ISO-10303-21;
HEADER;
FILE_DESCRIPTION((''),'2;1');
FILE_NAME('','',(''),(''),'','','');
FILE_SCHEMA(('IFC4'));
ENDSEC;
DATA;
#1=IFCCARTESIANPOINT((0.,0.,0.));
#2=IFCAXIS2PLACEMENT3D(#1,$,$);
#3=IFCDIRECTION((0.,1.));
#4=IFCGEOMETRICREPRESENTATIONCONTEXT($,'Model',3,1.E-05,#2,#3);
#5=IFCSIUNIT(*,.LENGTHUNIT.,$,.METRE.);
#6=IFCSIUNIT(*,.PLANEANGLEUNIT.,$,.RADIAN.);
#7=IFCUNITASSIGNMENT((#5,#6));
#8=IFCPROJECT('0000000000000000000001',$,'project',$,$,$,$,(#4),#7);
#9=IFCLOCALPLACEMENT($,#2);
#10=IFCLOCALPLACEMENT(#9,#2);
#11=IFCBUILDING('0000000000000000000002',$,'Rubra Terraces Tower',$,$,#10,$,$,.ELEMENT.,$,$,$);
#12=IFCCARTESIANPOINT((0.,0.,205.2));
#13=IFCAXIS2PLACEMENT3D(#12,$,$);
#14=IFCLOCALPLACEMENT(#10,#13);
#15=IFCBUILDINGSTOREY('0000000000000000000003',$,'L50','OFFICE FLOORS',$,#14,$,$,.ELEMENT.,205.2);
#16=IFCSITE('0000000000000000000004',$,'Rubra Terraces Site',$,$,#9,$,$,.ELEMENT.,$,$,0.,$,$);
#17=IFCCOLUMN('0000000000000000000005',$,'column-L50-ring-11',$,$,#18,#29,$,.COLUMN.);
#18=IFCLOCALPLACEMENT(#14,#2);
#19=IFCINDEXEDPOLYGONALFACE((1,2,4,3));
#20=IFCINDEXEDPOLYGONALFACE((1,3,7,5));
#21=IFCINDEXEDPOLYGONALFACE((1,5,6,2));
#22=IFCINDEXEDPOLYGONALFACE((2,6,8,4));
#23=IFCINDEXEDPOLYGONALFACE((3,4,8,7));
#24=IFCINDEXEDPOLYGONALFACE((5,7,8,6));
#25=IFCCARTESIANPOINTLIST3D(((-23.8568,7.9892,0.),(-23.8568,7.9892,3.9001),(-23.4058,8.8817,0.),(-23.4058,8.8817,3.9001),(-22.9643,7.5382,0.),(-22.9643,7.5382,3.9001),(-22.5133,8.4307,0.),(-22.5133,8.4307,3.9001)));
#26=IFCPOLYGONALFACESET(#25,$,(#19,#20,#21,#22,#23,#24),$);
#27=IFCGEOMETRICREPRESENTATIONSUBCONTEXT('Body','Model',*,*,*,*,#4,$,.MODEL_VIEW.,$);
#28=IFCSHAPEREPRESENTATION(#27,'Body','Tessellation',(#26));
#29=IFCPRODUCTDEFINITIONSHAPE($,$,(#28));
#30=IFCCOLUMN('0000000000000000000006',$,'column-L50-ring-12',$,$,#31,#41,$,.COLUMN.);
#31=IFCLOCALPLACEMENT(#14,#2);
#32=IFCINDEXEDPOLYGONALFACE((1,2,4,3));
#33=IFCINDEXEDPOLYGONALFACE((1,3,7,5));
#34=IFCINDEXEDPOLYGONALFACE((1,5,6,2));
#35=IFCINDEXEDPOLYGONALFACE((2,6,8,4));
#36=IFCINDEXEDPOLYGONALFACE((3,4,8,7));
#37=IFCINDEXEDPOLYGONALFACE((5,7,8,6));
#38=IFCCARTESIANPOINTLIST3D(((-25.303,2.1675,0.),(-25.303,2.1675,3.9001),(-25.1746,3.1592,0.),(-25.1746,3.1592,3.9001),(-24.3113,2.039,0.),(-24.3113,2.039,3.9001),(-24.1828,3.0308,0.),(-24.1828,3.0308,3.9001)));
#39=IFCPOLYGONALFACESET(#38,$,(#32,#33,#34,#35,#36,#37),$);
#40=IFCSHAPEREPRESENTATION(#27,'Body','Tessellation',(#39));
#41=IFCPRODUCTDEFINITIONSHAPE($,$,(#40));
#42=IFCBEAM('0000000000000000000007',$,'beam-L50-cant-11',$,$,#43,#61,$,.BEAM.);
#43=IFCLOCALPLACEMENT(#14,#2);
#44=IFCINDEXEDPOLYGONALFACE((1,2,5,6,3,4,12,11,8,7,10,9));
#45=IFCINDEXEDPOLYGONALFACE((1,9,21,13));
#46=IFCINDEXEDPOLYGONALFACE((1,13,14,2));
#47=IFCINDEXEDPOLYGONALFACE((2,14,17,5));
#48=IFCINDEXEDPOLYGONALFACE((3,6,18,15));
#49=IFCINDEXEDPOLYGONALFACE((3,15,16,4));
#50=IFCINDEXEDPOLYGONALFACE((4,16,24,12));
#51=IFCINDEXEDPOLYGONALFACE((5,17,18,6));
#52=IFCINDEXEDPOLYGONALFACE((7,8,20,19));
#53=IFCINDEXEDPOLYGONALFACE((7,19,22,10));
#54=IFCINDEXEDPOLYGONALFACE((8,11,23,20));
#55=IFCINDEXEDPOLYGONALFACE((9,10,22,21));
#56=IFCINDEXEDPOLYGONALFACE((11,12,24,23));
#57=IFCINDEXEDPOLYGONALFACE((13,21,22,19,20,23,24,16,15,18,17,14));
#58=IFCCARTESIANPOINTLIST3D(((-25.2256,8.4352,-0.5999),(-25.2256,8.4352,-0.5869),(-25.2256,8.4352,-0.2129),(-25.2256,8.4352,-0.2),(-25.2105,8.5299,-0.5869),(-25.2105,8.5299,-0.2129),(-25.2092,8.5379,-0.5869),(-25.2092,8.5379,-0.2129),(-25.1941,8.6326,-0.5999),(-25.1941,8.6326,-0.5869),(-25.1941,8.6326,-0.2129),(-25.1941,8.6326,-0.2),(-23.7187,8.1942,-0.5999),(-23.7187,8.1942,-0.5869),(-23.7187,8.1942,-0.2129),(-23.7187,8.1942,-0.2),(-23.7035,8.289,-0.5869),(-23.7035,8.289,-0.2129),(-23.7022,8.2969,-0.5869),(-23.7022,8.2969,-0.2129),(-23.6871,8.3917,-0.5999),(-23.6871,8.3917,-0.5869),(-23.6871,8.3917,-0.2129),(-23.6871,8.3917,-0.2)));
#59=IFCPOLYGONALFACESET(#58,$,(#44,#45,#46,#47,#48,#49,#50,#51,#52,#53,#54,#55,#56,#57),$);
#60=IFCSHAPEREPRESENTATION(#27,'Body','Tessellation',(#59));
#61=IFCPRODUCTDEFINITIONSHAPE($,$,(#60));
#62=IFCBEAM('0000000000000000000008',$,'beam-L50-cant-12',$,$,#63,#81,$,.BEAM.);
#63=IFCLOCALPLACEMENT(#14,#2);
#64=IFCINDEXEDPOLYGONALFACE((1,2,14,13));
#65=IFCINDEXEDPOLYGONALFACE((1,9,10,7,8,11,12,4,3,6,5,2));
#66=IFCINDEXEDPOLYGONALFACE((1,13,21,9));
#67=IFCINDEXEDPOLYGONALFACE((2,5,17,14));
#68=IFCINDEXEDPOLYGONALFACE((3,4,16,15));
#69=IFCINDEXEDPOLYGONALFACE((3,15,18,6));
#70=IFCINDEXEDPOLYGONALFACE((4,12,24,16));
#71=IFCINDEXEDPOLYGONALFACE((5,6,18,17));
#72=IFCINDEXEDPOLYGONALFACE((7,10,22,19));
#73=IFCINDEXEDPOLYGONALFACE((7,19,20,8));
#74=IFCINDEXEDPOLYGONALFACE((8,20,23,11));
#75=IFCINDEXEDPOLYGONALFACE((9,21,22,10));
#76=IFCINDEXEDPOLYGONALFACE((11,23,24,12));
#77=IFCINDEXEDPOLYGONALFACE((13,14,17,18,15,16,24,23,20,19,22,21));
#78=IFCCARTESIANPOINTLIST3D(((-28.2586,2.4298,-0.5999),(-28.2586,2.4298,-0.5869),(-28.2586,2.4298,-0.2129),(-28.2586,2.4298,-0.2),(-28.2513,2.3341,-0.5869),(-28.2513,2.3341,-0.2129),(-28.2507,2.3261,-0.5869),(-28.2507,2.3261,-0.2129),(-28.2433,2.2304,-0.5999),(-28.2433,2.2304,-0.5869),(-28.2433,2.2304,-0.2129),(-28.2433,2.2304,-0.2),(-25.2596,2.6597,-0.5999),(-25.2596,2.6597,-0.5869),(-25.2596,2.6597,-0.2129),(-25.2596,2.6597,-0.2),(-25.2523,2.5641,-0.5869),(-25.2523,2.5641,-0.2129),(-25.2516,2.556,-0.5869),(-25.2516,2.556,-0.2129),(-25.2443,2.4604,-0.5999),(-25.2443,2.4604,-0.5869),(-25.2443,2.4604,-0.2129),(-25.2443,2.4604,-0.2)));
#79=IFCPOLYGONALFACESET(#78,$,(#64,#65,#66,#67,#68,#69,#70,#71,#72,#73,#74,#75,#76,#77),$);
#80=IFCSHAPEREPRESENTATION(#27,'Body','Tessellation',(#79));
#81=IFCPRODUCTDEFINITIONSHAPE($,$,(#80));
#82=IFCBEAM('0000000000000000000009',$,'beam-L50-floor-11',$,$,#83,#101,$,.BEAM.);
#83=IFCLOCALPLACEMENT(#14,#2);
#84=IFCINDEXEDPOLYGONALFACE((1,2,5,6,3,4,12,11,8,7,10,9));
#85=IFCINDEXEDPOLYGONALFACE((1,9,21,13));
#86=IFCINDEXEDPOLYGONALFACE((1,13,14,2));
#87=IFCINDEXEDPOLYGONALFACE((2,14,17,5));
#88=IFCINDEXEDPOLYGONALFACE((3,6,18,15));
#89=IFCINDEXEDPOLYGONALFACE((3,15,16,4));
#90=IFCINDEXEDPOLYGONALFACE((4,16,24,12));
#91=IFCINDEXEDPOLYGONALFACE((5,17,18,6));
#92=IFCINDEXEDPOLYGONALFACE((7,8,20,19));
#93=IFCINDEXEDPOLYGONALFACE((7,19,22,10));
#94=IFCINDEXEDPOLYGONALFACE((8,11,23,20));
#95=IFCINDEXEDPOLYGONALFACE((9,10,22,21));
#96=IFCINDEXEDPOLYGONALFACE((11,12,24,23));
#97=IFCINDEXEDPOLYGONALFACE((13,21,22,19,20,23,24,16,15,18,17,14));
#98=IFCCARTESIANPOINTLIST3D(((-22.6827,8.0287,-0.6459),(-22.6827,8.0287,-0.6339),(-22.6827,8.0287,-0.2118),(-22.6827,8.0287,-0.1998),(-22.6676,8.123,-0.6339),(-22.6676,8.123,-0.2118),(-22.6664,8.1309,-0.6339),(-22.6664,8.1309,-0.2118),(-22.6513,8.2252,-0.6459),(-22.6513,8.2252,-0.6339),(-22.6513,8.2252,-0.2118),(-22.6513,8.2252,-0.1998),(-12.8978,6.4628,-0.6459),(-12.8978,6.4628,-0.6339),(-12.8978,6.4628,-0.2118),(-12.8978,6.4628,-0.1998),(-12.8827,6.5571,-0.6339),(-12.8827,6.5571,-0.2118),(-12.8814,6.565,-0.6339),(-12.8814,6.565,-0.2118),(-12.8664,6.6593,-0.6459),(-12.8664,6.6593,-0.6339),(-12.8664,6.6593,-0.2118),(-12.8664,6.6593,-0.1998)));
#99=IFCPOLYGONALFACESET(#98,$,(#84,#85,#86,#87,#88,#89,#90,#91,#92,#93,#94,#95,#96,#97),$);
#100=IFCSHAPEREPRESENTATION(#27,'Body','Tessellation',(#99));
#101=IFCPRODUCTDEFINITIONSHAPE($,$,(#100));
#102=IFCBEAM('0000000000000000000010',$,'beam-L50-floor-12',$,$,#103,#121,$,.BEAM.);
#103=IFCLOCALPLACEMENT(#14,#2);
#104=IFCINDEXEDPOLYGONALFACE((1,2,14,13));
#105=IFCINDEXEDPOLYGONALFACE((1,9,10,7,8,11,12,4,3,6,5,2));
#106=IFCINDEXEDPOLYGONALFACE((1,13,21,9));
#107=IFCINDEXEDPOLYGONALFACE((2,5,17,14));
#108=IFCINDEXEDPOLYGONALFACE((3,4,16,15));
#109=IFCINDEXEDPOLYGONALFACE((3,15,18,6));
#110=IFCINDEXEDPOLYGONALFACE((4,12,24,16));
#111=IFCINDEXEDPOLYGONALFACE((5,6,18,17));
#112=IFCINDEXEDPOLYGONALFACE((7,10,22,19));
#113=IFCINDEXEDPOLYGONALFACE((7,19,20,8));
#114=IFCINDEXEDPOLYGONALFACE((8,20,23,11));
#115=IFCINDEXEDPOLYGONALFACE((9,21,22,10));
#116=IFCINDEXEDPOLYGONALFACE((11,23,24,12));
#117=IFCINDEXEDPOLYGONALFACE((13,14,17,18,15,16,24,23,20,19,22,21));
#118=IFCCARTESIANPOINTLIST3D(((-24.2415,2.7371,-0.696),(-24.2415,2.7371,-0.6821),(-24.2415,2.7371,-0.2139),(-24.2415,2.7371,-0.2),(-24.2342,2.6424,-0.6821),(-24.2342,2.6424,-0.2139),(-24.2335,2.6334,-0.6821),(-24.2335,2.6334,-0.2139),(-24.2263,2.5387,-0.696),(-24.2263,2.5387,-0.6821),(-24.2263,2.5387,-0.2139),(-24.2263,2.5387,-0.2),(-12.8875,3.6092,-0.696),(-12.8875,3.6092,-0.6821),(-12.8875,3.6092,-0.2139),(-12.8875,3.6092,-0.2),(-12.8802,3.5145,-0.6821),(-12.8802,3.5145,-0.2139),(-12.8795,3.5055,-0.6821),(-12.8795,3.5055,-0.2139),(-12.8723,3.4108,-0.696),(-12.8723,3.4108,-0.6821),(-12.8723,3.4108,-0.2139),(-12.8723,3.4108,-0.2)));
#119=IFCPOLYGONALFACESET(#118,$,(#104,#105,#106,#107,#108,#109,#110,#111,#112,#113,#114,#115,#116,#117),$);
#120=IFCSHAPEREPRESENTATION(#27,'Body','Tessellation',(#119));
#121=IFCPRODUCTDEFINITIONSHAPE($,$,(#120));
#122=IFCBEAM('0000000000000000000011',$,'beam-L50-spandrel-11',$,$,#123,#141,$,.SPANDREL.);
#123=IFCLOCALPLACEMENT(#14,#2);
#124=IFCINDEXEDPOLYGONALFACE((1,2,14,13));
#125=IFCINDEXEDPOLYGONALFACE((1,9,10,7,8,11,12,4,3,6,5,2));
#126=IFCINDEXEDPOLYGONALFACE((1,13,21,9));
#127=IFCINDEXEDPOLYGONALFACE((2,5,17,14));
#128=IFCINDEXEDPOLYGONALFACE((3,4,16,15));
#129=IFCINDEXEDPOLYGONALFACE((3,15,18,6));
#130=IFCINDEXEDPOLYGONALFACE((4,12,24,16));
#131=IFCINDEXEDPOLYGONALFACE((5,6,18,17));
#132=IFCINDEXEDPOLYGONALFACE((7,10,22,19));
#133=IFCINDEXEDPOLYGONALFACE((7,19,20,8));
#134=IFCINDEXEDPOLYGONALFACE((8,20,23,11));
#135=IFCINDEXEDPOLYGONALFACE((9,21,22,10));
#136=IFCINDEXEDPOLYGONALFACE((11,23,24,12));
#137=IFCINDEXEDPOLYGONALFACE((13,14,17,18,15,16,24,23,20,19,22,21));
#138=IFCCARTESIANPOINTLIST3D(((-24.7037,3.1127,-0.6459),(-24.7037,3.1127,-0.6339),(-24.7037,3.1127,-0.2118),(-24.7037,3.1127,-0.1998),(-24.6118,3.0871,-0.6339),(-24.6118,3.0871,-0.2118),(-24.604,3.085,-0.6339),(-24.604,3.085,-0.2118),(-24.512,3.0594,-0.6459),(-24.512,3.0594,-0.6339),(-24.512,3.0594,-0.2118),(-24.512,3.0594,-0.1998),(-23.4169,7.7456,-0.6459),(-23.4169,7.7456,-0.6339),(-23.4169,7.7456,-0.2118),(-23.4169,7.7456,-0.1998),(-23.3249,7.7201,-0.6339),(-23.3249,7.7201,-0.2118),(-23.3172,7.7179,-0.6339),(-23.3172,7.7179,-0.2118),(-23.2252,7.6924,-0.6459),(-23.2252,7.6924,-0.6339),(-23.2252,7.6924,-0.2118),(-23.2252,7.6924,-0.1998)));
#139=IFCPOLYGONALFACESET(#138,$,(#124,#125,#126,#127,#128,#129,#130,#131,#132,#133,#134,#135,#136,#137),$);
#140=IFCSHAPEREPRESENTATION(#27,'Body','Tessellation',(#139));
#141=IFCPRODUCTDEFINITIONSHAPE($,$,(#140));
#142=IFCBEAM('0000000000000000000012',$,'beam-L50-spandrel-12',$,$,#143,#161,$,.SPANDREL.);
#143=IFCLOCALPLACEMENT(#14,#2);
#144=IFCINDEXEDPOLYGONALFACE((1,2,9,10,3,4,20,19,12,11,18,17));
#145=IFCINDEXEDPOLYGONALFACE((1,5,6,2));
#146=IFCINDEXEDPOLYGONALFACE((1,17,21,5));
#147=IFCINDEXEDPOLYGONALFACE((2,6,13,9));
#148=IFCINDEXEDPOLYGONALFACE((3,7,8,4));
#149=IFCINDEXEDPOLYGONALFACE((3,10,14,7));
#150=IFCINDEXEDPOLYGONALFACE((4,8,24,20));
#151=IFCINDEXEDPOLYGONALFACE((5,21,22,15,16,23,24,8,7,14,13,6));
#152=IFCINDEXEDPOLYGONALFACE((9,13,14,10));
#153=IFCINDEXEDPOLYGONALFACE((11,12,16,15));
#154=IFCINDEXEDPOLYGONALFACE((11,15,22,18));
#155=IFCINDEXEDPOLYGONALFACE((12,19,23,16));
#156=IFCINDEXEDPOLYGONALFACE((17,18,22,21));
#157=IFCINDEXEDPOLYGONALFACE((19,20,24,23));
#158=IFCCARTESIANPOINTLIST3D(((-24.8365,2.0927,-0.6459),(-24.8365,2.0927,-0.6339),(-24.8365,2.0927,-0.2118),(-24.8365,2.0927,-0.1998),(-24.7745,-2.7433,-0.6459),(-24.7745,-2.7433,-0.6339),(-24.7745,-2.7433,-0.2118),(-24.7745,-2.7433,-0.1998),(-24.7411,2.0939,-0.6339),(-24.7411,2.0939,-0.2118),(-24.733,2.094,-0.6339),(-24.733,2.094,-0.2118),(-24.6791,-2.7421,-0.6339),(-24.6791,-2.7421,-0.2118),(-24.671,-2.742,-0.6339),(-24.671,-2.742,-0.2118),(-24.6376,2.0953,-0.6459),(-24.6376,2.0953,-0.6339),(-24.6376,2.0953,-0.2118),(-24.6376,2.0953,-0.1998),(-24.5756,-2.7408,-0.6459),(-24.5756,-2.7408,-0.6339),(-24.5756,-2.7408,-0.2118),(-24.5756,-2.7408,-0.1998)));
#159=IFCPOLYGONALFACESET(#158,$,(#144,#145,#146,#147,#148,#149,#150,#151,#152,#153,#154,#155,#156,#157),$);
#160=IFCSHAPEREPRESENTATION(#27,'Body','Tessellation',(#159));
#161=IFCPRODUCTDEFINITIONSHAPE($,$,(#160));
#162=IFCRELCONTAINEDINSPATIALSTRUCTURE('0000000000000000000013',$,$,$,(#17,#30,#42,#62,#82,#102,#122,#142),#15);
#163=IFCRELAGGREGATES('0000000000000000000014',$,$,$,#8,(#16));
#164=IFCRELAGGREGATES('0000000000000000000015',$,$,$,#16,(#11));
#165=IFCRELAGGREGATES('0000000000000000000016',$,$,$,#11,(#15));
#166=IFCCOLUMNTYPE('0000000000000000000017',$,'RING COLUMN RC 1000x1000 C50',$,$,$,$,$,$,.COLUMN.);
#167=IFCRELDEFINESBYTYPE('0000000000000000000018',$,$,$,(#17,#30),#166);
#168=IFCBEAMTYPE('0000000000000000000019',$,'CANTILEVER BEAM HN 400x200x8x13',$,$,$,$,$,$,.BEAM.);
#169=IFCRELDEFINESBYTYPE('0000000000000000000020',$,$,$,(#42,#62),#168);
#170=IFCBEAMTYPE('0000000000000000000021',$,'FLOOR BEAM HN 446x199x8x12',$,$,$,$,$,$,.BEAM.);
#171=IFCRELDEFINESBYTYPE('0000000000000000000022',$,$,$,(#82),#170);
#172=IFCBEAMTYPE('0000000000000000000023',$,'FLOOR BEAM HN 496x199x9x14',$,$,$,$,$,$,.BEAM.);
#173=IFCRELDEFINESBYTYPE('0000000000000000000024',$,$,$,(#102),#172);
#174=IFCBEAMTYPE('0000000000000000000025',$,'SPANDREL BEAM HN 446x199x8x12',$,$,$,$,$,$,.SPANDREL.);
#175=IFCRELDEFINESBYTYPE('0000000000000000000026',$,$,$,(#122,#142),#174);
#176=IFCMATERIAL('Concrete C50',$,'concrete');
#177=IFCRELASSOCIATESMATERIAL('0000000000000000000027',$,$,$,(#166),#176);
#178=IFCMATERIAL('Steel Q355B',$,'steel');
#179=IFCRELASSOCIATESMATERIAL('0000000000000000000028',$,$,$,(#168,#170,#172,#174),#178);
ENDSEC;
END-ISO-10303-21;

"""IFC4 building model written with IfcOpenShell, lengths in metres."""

from ifc_helpers import new_model, si_unit, direction, frame, origin, origin_2d, place, context, subcontext, project, spatial, rectangle, i_section, extrude, material, material_profile, profile_set, type_object, element, save


model = new_model("IFC4")

# Units and contexts
model_context = context("Model", 3, precision=1e-05, world=origin(), true_north=direction((0.0, 1.0)))
body_context = subcontext(model_context, "Body", "Model", "MODEL_VIEW")
ifc_project = project(units=[si_unit("LENGTHUNIT", "METRE"), si_unit("PLANEANGLEUNIT", "RADIAN")], contexts=[model_context])

# Site, building, storey
site_placement = place(None, origin())
site = spatial("IfcSite", under=ifc_project, at=site_placement, Name="Rubra Terraces Site", CompositionType="ELEMENT", RefElevation=0.0)
building_placement = place(site_placement, origin())
building = spatial("IfcBuilding", under=site, at=building_placement, Name="Rubra Terraces Tower", CompositionType="ELEMENT")
storey_placement = place(building_placement, frame((0.0, 0.0, 205.2)))
storey = spatial("IfcBuildingStorey", under=building, at=storey_placement, Name="L50", Description="OFFICE FLOORS", CompositionType="ELEMENT", Elevation=205.2)

# Columns
ifc_material_1 = material(Name="Concrete C50", Category="concrete")
ifc_material_profile_1 = material_profile(ifc_material_1, rectangle(XDim=1.0, YDim=1.0, at=origin_2d()), Name="RC 1000x1000")
ifc_profile_set_1 = profile_set([ifc_material_profile_1], Name="Concrete C50")
column_type = type_object("IfcColumnType", Name="RING COLUMN RC 1000x1000 C50", PredefinedType="COLUMN", material=ifc_profile_set_1)
for number, where, z_axis, x_axis, name in (
    (1, (-23.1851, 8.21, 0.0), (0.0, 0.0, 1.0), (-0.451028, -0.89251, 0.0), "column-L50-ring-11"),
    (2, (-24.7429, 2.5991, 0.0), (0.0, 0.0, 1.0), (-0.128444, -0.991717, 0.0), "column-L50-ring-12"),
):
    element("IfcColumn", number, at=place(storey_placement, frame(where, z_axis=z_axis, x_axis=x_axis)), inside=storey, type_object=column_type, Name=name, PredefinedType="COLUMN", context=body_context, shape_type="SweptSolid", body=[
        extrude(rectangle(XDim=1.0, YDim=1.0, at=origin_2d()), origin(), (0.0, 0.0, 1.0), 3.9001),
    ])

# Beams
ifc_material_2 = material(Name="Steel Q355B", Category="steel")
ifc_material_profile_2 = material_profile(ifc_material_2, i_section(OverallWidth=0.2, OverallDepth=0.3999, WebThickness=0.0081, FlangeThickness=0.0129, at=origin_2d()), Name="HN 400x200x8x13")
ifc_profile_set_2 = profile_set([ifc_material_profile_2], Name="Steel Q355B")
beam_type_1 = type_object("IfcBeamType", Name="CANTILEVER BEAM HN 400x200x8x13", PredefinedType="BEAM", material=ifc_profile_set_2)
beam_1_placement = place(storey_placement, frame((-23.7029, 8.293, -0.3999), z_axis=(-0.987458, 0.157884, 0.0), x_axis=(-0.157884, -0.987458, 0.0)))
element("IfcBeam", 3, at=beam_1_placement, inside=storey, type_object=beam_type_1, Name="beam-L50-cant-11", PredefinedType="BEAM", context=body_context, shape_type="SweptSolid", body=[
    extrude(i_section(OverallWidth=0.2, OverallDepth=0.3999, WebThickness=0.0081, FlangeThickness=0.0129, at=origin_2d()), origin(), (0.0, 0.0, 1.0), 1.5261),
])
beam_2_placement = place(storey_placement, frame((-25.252, 2.5601, -0.3999), z_axis=(-0.997073, -0.076461, 0.0), x_axis=(0.076461, -0.997073, 0.0)))
element("IfcBeam", 4, at=beam_2_placement, inside=storey, type_object=beam_type_1, Name="beam-L50-cant-12", PredefinedType="BEAM", context=body_context, shape_type="SweptSolid", body=[
    extrude(i_section(OverallWidth=0.2, OverallDepth=0.3999, WebThickness=0.0081, FlangeThickness=0.0129, at=origin_2d()), origin(), (0.0, 0.0, 1.0), 3.0078),
])
ifc_material_profile_3 = material_profile(ifc_material_2, i_section(OverallWidth=0.199, OverallDepth=0.446, WebThickness=0.0081, FlangeThickness=0.012, at=origin_2d()), Name="HN 446x199x8x12")
ifc_profile_set_3 = profile_set([ifc_material_profile_3], Name="Steel Q355B")
beam_type_2 = type_object("IfcBeamType", Name="FLOOR BEAM HN 446x199x8x12", PredefinedType="BEAM", material=ifc_profile_set_3)
beam_3_placement = place(storey_placement, frame((-22.667, 8.127, -0.4229), z_axis=(0.987435, -0.158023, 0.0), x_axis=(0.158023, 0.987435, 0.0)))
element("IfcBeam", 5, at=beam_3_placement, inside=storey, type_object=beam_type_2, Name="beam-L50-floor-11", PredefinedType="BEAM", context=body_context, shape_type="SweptSolid", body=[
    extrude(i_section(OverallWidth=0.199, OverallDepth=0.446, WebThickness=0.0081, FlangeThickness=0.012, at=origin_2d()), origin(), (0.0, 0.0, 1.0), 9.9094),
])
ifc_material_profile_4 = material_profile(ifc_material_2, i_section(OverallWidth=0.199, OverallDepth=0.4961, WebThickness=0.009, FlangeThickness=0.0139, at=origin_2d()), Name="HN 496x199x9x14")
ifc_profile_set_4 = profile_set([ifc_material_profile_4], Name="Steel Q355B")
beam_type_3 = type_object("IfcBeamType", Name="FLOOR BEAM HN 496x199x9x14", PredefinedType="BEAM", material=ifc_profile_set_4)
beam_4_placement = place(storey_placement, frame((-24.2339, 2.6379, -0.448), z_axis=(0.997063, 0.076582, 0.0), x_axis=(-0.076582, 0.997063, 0.0)))
element("IfcBeam", 6, at=beam_4_placement, inside=storey, type_object=beam_type_3, Name="beam-L50-floor-12", PredefinedType="BEAM", context=body_context, shape_type="SweptSolid", body=[
    extrude(i_section(OverallWidth=0.199, OverallDepth=0.4961, WebThickness=0.009, FlangeThickness=0.0139, at=origin_2d()), origin(), (0.0, 0.0, 1.0), 11.3875),
])
ifc_material_profile_5 = material_profile(ifc_material_2, i_section(OverallWidth=0.199, OverallDepth=0.446, WebThickness=0.0081, FlangeThickness=0.012, at=origin_2d()), Name="HN 446x199x8x12")
ifc_profile_set_5 = profile_set([ifc_material_profile_5], Name="Steel Q355B")
beam_type_4 = type_object("IfcBeamType", Name="SPANDREL BEAM HN 446x199x8x12", PredefinedType="SPANDREL", material=ifc_profile_set_5)
beam_5_placement = place(storey_placement, frame((-23.321, 7.719, -0.4229), z_axis=(-0.267626, -0.963523, 0.0), x_axis=(0.963523, -0.267626, 0.0)))
element("IfcBeam", 7, at=beam_5_placement, inside=storey, type_object=beam_type_4, Name="beam-L50-spandrel-11", PredefinedType="SPANDREL", context=body_context, shape_type="SweptSolid", body=[
    extrude(i_section(OverallWidth=0.199, OverallDepth=0.446, WebThickness=0.0081, FlangeThickness=0.012, at=origin_2d()), origin(), (0.0, 0.0, 1.0), 4.8083),
])
beam_6_placement = place(storey_placement, frame((-24.7371, 2.094, -0.4229), z_axis=(0.012822, -0.999918, 0.0), x_axis=(0.999918, 0.012822, 0.0)))
element("IfcBeam", 8, at=beam_6_placement, inside=storey, type_object=beam_type_4, Name="beam-L50-spandrel-12", PredefinedType="SPANDREL", context=body_context, shape_type="SweptSolid", body=[
    extrude(i_section(OverallWidth=0.199, OverallDepth=0.446, WebThickness=0.0081, FlangeThickness=0.012, at=origin_2d()), origin(), (0.0, 0.0, 1.0), 4.8364),
])

save(model, "model.ifc")
